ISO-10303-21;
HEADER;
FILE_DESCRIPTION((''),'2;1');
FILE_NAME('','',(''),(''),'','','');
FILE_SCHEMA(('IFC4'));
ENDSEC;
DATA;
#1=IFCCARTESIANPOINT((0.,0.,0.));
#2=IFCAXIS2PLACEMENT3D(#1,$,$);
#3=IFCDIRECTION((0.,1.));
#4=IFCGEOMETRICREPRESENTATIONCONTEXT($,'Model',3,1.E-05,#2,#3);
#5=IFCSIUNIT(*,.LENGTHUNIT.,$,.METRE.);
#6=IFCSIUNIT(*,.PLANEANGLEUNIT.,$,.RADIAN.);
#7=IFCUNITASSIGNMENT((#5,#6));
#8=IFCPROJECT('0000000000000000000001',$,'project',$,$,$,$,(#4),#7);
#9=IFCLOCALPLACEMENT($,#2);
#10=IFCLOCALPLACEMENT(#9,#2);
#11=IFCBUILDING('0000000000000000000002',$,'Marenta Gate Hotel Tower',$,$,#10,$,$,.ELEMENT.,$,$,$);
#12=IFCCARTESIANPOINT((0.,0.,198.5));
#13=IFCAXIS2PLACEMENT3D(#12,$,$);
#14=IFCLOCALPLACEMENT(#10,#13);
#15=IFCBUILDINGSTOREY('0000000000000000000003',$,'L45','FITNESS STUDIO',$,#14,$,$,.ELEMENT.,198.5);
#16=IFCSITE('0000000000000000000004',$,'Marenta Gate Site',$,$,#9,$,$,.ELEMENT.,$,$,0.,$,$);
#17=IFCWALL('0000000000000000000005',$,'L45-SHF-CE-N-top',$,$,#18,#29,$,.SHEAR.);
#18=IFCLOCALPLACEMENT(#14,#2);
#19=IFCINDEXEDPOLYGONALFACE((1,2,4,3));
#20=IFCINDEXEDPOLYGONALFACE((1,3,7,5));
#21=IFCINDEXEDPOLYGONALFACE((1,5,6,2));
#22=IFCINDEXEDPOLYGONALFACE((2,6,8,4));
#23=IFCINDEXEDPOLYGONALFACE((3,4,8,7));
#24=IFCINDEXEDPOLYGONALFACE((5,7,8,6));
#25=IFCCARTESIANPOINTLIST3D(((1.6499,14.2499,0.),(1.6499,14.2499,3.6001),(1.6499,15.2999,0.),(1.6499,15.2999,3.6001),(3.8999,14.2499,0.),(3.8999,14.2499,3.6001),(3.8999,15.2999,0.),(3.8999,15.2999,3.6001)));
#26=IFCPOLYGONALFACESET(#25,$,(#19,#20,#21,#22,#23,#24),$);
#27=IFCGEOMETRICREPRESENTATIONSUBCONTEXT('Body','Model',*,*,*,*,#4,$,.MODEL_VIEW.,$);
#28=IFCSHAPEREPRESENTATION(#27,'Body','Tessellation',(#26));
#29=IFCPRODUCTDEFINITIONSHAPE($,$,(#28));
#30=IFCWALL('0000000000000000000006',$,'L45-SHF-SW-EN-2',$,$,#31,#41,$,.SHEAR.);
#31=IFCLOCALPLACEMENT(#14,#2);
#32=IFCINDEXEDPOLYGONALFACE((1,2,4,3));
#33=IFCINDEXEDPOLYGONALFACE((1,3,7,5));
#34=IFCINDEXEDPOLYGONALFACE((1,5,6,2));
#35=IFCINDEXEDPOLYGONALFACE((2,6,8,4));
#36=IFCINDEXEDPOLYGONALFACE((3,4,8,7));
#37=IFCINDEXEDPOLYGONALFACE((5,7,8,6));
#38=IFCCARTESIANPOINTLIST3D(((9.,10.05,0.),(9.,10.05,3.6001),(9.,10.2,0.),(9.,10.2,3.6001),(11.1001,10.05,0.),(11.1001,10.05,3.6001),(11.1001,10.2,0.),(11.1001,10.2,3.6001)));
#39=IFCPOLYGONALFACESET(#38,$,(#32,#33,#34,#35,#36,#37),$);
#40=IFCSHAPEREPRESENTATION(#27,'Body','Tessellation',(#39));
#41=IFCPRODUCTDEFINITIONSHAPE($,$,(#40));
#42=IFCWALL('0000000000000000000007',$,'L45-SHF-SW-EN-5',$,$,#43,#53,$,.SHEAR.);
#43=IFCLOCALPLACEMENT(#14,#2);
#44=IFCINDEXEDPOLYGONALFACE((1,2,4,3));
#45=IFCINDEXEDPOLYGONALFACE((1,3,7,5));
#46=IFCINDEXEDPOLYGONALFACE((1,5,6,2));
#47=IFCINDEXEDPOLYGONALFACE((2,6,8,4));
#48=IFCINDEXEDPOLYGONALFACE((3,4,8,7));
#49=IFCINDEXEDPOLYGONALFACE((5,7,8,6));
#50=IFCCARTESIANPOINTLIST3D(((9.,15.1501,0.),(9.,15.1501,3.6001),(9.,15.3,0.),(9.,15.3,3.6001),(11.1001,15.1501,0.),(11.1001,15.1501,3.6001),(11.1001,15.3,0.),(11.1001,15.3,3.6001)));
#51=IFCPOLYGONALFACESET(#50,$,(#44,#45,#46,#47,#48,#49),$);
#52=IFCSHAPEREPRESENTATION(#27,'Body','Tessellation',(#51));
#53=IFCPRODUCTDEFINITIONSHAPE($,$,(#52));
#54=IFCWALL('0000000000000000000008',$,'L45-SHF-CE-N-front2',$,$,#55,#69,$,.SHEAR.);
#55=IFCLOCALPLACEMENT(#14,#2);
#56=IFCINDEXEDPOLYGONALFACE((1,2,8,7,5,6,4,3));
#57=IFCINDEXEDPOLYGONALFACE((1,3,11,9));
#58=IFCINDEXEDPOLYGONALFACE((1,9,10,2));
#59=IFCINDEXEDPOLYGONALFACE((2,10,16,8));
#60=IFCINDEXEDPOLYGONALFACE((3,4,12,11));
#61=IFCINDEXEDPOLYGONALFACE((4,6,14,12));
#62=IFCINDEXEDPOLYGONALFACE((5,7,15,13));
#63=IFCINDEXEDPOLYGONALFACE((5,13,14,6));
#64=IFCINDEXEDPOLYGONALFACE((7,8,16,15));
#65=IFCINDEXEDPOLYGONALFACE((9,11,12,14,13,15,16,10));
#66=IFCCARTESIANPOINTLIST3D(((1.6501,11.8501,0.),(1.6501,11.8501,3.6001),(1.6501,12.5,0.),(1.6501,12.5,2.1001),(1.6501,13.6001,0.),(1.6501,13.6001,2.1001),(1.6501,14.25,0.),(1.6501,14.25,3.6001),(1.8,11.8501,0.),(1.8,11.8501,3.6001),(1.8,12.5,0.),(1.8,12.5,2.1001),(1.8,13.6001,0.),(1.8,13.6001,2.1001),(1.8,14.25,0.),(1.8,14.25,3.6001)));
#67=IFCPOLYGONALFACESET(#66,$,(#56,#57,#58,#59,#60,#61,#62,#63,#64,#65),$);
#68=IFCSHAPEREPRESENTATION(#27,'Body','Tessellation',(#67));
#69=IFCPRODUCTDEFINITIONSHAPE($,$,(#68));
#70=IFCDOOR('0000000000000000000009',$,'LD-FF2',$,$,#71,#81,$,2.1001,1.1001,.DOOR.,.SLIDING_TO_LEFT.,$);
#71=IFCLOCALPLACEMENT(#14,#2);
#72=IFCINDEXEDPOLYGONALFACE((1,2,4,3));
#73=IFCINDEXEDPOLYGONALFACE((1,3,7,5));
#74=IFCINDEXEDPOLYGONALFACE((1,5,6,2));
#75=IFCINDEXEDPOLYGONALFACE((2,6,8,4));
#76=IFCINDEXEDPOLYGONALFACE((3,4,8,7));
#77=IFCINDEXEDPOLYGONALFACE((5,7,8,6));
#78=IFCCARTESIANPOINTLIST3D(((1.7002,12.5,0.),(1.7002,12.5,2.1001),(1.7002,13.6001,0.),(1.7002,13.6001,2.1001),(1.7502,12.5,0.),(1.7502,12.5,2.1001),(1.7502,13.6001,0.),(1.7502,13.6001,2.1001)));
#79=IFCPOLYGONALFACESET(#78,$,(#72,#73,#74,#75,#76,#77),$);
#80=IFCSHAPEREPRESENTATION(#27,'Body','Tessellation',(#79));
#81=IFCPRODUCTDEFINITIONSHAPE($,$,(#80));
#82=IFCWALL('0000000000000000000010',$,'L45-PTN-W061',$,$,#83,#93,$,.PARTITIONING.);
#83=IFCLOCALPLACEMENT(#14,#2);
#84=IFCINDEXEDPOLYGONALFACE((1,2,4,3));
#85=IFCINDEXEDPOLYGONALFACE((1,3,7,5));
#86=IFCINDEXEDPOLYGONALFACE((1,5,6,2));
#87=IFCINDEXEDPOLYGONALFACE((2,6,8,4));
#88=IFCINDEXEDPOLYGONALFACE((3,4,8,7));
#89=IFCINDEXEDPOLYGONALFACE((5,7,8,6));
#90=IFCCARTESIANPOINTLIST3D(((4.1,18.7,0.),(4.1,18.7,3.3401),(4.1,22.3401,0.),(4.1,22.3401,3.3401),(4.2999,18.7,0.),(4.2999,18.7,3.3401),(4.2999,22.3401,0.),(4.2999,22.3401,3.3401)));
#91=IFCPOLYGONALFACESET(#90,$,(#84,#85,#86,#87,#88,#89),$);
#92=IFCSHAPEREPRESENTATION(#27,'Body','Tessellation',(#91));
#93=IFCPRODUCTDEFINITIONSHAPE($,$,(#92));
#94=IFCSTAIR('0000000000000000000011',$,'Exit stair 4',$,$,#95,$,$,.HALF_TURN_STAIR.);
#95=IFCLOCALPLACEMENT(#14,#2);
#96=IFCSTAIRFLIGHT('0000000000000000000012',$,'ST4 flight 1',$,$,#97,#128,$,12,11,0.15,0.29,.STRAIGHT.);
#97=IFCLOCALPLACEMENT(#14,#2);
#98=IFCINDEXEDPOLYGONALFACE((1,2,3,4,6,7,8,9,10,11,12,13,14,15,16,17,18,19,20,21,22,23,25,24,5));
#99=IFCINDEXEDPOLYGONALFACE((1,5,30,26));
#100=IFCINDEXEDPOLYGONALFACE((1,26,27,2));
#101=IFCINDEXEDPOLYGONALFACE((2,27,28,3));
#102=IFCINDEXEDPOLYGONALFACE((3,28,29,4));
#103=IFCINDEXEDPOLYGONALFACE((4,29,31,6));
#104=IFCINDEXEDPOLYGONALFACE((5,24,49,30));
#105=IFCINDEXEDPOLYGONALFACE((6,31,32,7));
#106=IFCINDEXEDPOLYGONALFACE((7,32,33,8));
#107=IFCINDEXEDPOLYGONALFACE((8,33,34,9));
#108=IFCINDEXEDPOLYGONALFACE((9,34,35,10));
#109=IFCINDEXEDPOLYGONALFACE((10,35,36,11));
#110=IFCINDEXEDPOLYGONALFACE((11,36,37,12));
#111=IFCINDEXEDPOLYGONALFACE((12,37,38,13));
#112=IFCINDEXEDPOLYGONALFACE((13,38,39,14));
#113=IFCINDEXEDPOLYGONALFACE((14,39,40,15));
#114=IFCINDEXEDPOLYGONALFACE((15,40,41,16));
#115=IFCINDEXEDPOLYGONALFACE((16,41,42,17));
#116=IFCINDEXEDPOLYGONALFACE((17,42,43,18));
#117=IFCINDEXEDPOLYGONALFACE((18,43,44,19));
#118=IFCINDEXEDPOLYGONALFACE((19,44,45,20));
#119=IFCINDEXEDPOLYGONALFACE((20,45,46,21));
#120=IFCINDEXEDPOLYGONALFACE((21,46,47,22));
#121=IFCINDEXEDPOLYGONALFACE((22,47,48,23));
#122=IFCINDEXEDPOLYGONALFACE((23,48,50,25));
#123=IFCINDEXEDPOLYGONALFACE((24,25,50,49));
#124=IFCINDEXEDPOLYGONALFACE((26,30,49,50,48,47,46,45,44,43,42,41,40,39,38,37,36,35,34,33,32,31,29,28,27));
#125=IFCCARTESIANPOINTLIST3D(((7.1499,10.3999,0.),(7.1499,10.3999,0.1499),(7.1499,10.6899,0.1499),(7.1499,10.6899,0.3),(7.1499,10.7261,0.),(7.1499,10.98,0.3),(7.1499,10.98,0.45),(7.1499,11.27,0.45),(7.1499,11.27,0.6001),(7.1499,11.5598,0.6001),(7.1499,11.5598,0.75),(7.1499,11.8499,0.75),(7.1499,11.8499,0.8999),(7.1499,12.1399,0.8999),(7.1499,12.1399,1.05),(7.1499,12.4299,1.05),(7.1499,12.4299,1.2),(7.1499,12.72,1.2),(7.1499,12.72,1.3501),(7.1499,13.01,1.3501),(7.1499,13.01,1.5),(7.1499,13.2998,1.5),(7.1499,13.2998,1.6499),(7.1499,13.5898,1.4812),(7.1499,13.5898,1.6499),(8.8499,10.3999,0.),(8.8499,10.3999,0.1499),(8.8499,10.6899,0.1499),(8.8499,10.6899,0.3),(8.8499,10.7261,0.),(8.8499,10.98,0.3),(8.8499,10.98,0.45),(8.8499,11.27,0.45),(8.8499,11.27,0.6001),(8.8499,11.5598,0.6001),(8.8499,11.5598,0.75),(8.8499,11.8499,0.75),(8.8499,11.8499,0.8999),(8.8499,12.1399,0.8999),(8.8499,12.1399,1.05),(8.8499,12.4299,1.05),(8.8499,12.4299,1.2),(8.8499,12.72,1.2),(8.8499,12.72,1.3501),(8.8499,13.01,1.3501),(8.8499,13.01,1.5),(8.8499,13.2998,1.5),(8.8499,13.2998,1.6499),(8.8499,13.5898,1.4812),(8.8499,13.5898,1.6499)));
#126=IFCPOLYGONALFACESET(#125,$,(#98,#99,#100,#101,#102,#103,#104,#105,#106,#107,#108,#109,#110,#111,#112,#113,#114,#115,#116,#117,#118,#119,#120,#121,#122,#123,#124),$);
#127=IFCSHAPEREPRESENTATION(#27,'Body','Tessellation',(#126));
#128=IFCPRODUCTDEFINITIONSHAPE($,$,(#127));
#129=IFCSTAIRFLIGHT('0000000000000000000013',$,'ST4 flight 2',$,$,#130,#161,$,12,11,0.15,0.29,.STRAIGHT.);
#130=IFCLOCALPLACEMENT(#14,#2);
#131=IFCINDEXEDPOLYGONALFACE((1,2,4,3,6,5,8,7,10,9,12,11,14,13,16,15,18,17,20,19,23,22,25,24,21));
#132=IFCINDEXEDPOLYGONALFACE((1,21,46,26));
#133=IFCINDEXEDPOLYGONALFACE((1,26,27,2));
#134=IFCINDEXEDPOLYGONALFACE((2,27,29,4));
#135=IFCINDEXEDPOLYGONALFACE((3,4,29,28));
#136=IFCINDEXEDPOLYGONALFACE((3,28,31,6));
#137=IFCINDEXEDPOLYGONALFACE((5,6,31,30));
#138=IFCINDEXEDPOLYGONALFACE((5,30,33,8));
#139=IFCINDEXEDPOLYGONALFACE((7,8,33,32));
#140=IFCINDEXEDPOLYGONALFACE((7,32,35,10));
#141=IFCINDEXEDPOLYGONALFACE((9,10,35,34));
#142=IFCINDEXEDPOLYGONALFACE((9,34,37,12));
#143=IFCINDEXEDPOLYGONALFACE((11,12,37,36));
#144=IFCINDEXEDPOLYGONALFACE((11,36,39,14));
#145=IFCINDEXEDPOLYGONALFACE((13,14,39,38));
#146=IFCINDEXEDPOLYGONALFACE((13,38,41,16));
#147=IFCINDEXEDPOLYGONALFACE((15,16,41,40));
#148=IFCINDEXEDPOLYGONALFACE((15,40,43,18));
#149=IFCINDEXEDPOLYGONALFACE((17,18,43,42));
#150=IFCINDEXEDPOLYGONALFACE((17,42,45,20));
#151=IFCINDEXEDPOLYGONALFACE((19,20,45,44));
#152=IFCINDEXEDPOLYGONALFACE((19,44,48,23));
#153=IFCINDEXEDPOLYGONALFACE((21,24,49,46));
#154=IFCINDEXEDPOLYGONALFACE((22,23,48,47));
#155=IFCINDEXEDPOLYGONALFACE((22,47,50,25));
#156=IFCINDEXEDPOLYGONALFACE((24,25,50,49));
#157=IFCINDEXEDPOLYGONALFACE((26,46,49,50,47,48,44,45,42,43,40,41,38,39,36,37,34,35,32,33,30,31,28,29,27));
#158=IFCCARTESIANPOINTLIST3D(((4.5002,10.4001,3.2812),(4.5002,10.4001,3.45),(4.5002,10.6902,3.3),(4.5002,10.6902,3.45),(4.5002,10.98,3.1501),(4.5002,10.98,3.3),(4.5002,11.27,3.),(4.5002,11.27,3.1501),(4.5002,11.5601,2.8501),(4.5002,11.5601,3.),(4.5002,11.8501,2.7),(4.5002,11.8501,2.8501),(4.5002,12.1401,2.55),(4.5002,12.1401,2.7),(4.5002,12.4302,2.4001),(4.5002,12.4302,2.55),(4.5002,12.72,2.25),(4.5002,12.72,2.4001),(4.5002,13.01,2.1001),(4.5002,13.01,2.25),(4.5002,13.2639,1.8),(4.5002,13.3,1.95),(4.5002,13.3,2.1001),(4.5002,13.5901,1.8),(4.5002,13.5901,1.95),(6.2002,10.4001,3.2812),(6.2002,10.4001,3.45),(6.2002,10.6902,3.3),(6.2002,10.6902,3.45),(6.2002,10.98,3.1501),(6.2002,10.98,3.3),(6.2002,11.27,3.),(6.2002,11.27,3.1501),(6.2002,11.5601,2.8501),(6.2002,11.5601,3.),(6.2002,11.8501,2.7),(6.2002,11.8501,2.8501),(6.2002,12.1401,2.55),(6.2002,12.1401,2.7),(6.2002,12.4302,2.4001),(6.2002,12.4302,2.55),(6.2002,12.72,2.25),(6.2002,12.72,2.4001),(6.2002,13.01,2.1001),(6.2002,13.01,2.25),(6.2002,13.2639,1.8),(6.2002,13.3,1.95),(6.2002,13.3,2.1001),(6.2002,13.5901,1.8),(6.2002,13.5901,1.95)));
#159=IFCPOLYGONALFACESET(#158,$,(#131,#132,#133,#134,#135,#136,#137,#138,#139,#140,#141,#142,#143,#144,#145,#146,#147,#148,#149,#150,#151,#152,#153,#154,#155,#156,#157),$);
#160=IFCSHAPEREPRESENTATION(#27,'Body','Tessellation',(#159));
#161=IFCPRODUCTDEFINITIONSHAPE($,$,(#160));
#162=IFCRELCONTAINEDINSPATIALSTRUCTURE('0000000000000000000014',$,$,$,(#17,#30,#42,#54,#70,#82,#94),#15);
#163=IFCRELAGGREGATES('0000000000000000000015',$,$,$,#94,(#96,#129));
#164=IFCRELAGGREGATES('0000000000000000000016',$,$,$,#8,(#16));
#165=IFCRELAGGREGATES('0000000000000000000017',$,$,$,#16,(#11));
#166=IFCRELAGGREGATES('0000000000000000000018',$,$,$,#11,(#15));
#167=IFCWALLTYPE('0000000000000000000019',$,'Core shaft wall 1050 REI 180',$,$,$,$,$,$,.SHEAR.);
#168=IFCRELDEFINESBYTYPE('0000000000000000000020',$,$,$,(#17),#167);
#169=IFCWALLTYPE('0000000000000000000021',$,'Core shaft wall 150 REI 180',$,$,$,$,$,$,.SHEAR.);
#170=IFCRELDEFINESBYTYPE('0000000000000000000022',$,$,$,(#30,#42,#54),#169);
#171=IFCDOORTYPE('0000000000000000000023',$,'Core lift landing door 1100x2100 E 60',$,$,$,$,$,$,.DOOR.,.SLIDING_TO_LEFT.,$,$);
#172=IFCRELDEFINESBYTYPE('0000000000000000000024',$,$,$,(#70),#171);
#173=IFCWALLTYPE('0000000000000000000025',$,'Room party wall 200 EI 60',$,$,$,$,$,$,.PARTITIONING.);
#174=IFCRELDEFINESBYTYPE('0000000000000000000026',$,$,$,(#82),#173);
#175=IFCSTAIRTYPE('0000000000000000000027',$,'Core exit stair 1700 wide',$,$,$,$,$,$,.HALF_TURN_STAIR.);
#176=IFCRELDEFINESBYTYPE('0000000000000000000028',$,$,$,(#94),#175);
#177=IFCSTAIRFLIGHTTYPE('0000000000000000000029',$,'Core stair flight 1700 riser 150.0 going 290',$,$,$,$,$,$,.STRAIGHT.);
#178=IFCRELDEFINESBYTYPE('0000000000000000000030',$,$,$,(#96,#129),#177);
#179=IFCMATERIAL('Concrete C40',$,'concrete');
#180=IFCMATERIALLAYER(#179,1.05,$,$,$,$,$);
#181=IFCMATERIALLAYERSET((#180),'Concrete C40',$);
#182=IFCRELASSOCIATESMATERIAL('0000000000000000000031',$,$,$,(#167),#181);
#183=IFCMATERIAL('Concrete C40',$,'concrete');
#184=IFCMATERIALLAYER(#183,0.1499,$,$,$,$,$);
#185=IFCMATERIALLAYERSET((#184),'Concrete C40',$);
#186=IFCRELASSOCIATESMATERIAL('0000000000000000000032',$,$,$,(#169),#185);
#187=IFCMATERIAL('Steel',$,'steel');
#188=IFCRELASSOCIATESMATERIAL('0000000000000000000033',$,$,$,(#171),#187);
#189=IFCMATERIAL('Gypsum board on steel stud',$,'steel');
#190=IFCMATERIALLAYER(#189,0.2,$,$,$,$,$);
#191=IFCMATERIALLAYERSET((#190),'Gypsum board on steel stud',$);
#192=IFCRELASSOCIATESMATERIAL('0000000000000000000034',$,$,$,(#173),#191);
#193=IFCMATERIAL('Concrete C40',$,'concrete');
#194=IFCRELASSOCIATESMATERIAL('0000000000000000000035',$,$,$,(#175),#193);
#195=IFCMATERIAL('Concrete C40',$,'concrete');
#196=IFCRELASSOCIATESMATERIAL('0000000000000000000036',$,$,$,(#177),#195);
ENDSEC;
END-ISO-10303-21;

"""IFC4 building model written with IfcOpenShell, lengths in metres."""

from ifc_helpers import new_model, si_unit, direction, frame, frame_2d, origin, place, context, subcontext, project, spatial, polyline, rectangle, outline, extrude, material, layer, layer_set, type_object, element, fill, aggregate, save


model = new_model("IFC4")

# Units and contexts
model_context = context("Model", 3, precision=1e-05, world=origin(), true_north=direction((0.0, 1.0)))
body_context = subcontext(model_context, "Body", "Model", "MODEL_VIEW")
ifc_project = project(units=[si_unit("LENGTHUNIT", "METRE"), si_unit("PLANEANGLEUNIT", "RADIAN")], contexts=[model_context])

# Site, building, storey
site_placement = place(None, origin())
site = spatial("IfcSite", under=ifc_project, at=site_placement, Name="Marenta Gate Site", CompositionType="ELEMENT", RefElevation=0.0)
building_placement = place(site_placement, origin())
building = spatial("IfcBuilding", under=site, at=building_placement, Name="Marenta Gate Hotel Tower", CompositionType="ELEMENT")
storey_placement = place(building_placement, frame((0.0, 0.0, 198.5)))
storey = spatial("IfcBuildingStorey", under=building, at=storey_placement, Name="L45", Description="FITNESS STUDIO", CompositionType="ELEMENT", Elevation=198.5)

# Walls
ifc_material_1 = material(Name="Concrete C40", Category="concrete")
ifc_layer_1 = layer(ifc_material_1, 1.05)
ifc_layer_set_1 = layer_set([ifc_layer_1], Name="Concrete C40")
wall_type_1 = type_object("IfcWallType", Name="Core shaft wall 1050 REI 180", PredefinedType="SHEAR", material=ifc_layer_set_1)
wall_1_placement = place(storey_placement, frame((1.6499, 14.7749, 0.0), z_axis=(0.0, 0.0, 1.0), x_axis=(1.0, 0.0, 0.0)))
element("IfcWall", 1, at=wall_1_placement, inside=storey, type_object=wall_type_1, Name="L45-SHF-CE-N-top", PredefinedType="SHEAR", context=body_context, shape_type="SweptSolid", body=[
    extrude(rectangle(XDim=2.25, YDim=1.05, at=frame_2d((1.125, 0.0))), origin(), (0.0, 0.0, 1.0), 3.6001),
])
ifc_material_2 = material(Name="Concrete C40", Category="concrete")
ifc_layer_2 = layer(ifc_material_2, 0.1499)
ifc_layer_set_2 = layer_set([ifc_layer_2], Name="Concrete C40")
wall_type_2 = type_object("IfcWallType", Name="Core shaft wall 150 REI 180", PredefinedType="SHEAR", material=ifc_layer_set_2)
for number, where, z_axis, x_axis, name in (
    (2, (9.0, 10.125, 0.0), (0.0, 0.0, 1.0), (1.0, 0.0, 0.0), "L45-SHF-SW-EN-2"),
    (3, (9.0, 15.2251, 0.0), (0.0, 0.0, 1.0), (1.0, 0.0, 0.0), "L45-SHF-SW-EN-5"),
):
    element("IfcWall", number, at=place(storey_placement, frame(where, z_axis=z_axis, x_axis=x_axis)), inside=storey, type_object=wall_type_2, Name=name, PredefinedType="SHEAR", context=body_context, shape_type="SweptSolid", body=[
        extrude(rectangle(XDim=2.1001, YDim=0.1499, at=frame_2d((1.05, 0.0))), origin(), (0.0, 0.0, 1.0), 3.6001),
    ])

# Wall, opening, door
wall_2_placement = place(storey_placement, frame((1.7251, 11.8501, 0.0), z_axis=(0.0, 0.0, 1.0), x_axis=(0.0, 1.0, 0.0)))
wall_2 = element("IfcWall", 4, at=wall_2_placement, inside=storey, type_object=wall_type_2, Name="L45-SHF-CE-N-front2", PredefinedType="SHEAR", context=body_context, shape_type="SweptSolid", body=[
    extrude(rectangle(XDim=2.3999, YDim=0.1499, at=frame_2d((1.2, 0.0))), origin(), (0.0, 0.0, 1.0), 3.6001),
])
opening_1_placement = place(wall_2_placement, frame((0.6499, 0.0, 0.0)))
opening_1 = element("IfcOpeningElement", 5, at=opening_1_placement, cuts=wall_2, PredefinedType="OPENING", context=body_context, shape_type="SweptSolid", body=[
    extrude(rectangle(XDim=1.1001, YDim=2.1001, at=frame_2d((0.55, 1.05))), frame((0.0, 0.075, 0.0), z_axis=(0.0, -1.0, 0.0), x_axis=(1.0, 0.0, 0.0)), (0.0, 0.0, 1.0), 0.1499),
])
ifc_material_3 = material(Name="Steel", Category="steel")
door_type_1 = type_object("IfcDoorType", Name="Core lift landing door 1100x2100 E 60", OperationType="SLIDING_TO_LEFT", PredefinedType="DOOR", material=ifc_material_3)
door_1_placement = place(opening_1_placement, origin())
door_1 = element("IfcDoor", 6, at=door_1_placement, inside=storey, type_object=door_type_1, Name="LD-FF2", OperationType="SLIDING_TO_LEFT", OverallHeight=2.1001, OverallWidth=1.1001, PredefinedType="DOOR", context=body_context, shape_type="SweptSolid", body=[
    extrude(rectangle(XDim=1.1001, YDim=2.1001, at=frame_2d((0.55, 1.05))), frame((0.0, 0.0249, 0.0), z_axis=(0.0, -1.0, 0.0), x_axis=(1.0, 0.0, 0.0)), (0.0, 0.0, 1.0), 0.05),
])
fill(opening_1, door_1)

# Wall
ifc_material_4 = material(Name="Gypsum board on steel stud", Category="steel")
ifc_layer_3 = layer(ifc_material_4, 0.2)
ifc_layer_set_3 = layer_set([ifc_layer_3], Name="Gypsum board on steel stud")
wall_type_3 = type_object("IfcWallType", Name="Room party wall 200 EI 60", PredefinedType="PARTITIONING", material=ifc_layer_set_3)
wall_3_placement = place(storey_placement, frame((4.2, 18.7, 0.0), z_axis=(0.0, 0.0, 1.0), x_axis=(0.0, 1.0, 0.0)))
element("IfcWall", 7, at=wall_3_placement, inside=storey, type_object=wall_type_3, Name="L45-PTN-W061", PredefinedType="PARTITIONING", context=body_context, shape_type="SweptSolid", body=[
    extrude(rectangle(XDim=3.6401, YDim=0.2, at=frame_2d((1.8201, 0.0))), origin(), (0.0, 0.0, 1.0), 3.3401),
])

# Stair, stair flights
ifc_material_5 = material(Name="Concrete C40", Category="concrete")
stair_type = type_object("IfcStairType", Name="Core exit stair 1700 wide", PredefinedType="HALF_TURN_STAIR", material=ifc_material_5)
stair_placement = place(storey_placement, origin())
stair = element("IfcStair", 8, at=stair_placement, inside=storey, type_object=stair_type, Name="Exit stair 4", PredefinedType="HALF_TURN_STAIR")
ifc_material_6 = material(Name="Concrete C40", Category="concrete")
stair_flight_type = type_object("IfcStairFlightType", Name="Core stair flight 1700 riser 150.0 going 290", PredefinedType="STRAIGHT", material=ifc_material_6)
stair_flight_1_placement = place(storey_placement, frame((8.0, 10.3999, 0.0), z_axis=(0.0, 0.0, 1.0), x_axis=(0.0, 1.0, 0.0)))
stair_flight_1 = element("IfcStairFlight", 9, at=stair_flight_1_placement, type_object=stair_flight_type, Name="ST4 flight 1", NumberOfRisers=12, NumberOfTreads=11, PredefinedType="STRAIGHT", RiserHeight=0.15, TreadLength=0.29, context=body_context, shape_type="SweptSolid", body=[
    extrude(outline(polyline([(0.0, 0.0), (0.0, 0.1499), (0.29, 0.1499), (0.29, 0.3), (0.5801, 0.3), (0.5801, 0.45), (0.8701, 0.45), (0.8701, 0.6001), (1.1599, 0.6001), (1.1599, 0.75), (1.45, 0.75), (1.45, 0.8999), (1.74, 0.8999), (1.74, 1.05), (2.03, 1.05), (2.03, 1.2), (2.3201, 1.2), (2.3201, 1.3501), (2.6101, 1.3501), (2.6101, 1.5), (2.8999, 1.5), (2.8999, 1.6499), (3.1899, 1.6499), (3.1899, 1.8), (3.1899, 1.4812), (0.3262, 0.0), (0.0, 0.0)])), frame((0.0, 0.8501, 0.0), z_axis=(0.0, -1.0, 0.0), x_axis=(1.0, 0.0, 0.0)), (0.0, 0.0, 1.0), 1.7),
])
stair_flight_2_placement = place(storey_placement, frame((5.3501, 13.5901, 1.8), z_axis=(0.0, 0.0, 1.0), x_axis=(0.0, -1.0, 0.0)))
stair_flight_2 = element("IfcStairFlight", 10, at=stair_flight_2_placement, type_object=stair_flight_type, Name="ST4 flight 2", NumberOfRisers=12, NumberOfTreads=11, PredefinedType="STRAIGHT", RiserHeight=0.15, TreadLength=0.29, context=body_context, shape_type="SweptSolid", body=[
    extrude(outline(polyline([(0.0, 0.0), (0.0, 0.1499), (0.29, 0.1499), (0.29, 0.3), (0.5801, 0.3), (0.5801, 0.45), (0.8701, 0.45), (0.8701, 0.6001), (1.1599, 0.6001), (1.1599, 0.75), (1.45, 0.75), (1.45, 0.8999), (1.74, 0.8999), (1.74, 1.05), (2.03, 1.05), (2.03, 1.2), (2.3201, 1.2), (2.3201, 1.3501), (2.6101, 1.3501), (2.6101, 1.5), (2.8999, 1.5), (2.8999, 1.6499), (3.1899, 1.6499), (3.1899, 1.8), (3.1899, 1.4812), (0.3262, 0.0), (0.0, 0.0)])), frame((0.0, 0.8501, 0.0), z_axis=(0.0, -1.0, 0.0), x_axis=(1.0, 0.0, 0.0)), (0.0, 0.0, 1.0), 1.7),
])
aggregate(stair, [stair_flight_1, stair_flight_2])

save(model, "model.ifc")
